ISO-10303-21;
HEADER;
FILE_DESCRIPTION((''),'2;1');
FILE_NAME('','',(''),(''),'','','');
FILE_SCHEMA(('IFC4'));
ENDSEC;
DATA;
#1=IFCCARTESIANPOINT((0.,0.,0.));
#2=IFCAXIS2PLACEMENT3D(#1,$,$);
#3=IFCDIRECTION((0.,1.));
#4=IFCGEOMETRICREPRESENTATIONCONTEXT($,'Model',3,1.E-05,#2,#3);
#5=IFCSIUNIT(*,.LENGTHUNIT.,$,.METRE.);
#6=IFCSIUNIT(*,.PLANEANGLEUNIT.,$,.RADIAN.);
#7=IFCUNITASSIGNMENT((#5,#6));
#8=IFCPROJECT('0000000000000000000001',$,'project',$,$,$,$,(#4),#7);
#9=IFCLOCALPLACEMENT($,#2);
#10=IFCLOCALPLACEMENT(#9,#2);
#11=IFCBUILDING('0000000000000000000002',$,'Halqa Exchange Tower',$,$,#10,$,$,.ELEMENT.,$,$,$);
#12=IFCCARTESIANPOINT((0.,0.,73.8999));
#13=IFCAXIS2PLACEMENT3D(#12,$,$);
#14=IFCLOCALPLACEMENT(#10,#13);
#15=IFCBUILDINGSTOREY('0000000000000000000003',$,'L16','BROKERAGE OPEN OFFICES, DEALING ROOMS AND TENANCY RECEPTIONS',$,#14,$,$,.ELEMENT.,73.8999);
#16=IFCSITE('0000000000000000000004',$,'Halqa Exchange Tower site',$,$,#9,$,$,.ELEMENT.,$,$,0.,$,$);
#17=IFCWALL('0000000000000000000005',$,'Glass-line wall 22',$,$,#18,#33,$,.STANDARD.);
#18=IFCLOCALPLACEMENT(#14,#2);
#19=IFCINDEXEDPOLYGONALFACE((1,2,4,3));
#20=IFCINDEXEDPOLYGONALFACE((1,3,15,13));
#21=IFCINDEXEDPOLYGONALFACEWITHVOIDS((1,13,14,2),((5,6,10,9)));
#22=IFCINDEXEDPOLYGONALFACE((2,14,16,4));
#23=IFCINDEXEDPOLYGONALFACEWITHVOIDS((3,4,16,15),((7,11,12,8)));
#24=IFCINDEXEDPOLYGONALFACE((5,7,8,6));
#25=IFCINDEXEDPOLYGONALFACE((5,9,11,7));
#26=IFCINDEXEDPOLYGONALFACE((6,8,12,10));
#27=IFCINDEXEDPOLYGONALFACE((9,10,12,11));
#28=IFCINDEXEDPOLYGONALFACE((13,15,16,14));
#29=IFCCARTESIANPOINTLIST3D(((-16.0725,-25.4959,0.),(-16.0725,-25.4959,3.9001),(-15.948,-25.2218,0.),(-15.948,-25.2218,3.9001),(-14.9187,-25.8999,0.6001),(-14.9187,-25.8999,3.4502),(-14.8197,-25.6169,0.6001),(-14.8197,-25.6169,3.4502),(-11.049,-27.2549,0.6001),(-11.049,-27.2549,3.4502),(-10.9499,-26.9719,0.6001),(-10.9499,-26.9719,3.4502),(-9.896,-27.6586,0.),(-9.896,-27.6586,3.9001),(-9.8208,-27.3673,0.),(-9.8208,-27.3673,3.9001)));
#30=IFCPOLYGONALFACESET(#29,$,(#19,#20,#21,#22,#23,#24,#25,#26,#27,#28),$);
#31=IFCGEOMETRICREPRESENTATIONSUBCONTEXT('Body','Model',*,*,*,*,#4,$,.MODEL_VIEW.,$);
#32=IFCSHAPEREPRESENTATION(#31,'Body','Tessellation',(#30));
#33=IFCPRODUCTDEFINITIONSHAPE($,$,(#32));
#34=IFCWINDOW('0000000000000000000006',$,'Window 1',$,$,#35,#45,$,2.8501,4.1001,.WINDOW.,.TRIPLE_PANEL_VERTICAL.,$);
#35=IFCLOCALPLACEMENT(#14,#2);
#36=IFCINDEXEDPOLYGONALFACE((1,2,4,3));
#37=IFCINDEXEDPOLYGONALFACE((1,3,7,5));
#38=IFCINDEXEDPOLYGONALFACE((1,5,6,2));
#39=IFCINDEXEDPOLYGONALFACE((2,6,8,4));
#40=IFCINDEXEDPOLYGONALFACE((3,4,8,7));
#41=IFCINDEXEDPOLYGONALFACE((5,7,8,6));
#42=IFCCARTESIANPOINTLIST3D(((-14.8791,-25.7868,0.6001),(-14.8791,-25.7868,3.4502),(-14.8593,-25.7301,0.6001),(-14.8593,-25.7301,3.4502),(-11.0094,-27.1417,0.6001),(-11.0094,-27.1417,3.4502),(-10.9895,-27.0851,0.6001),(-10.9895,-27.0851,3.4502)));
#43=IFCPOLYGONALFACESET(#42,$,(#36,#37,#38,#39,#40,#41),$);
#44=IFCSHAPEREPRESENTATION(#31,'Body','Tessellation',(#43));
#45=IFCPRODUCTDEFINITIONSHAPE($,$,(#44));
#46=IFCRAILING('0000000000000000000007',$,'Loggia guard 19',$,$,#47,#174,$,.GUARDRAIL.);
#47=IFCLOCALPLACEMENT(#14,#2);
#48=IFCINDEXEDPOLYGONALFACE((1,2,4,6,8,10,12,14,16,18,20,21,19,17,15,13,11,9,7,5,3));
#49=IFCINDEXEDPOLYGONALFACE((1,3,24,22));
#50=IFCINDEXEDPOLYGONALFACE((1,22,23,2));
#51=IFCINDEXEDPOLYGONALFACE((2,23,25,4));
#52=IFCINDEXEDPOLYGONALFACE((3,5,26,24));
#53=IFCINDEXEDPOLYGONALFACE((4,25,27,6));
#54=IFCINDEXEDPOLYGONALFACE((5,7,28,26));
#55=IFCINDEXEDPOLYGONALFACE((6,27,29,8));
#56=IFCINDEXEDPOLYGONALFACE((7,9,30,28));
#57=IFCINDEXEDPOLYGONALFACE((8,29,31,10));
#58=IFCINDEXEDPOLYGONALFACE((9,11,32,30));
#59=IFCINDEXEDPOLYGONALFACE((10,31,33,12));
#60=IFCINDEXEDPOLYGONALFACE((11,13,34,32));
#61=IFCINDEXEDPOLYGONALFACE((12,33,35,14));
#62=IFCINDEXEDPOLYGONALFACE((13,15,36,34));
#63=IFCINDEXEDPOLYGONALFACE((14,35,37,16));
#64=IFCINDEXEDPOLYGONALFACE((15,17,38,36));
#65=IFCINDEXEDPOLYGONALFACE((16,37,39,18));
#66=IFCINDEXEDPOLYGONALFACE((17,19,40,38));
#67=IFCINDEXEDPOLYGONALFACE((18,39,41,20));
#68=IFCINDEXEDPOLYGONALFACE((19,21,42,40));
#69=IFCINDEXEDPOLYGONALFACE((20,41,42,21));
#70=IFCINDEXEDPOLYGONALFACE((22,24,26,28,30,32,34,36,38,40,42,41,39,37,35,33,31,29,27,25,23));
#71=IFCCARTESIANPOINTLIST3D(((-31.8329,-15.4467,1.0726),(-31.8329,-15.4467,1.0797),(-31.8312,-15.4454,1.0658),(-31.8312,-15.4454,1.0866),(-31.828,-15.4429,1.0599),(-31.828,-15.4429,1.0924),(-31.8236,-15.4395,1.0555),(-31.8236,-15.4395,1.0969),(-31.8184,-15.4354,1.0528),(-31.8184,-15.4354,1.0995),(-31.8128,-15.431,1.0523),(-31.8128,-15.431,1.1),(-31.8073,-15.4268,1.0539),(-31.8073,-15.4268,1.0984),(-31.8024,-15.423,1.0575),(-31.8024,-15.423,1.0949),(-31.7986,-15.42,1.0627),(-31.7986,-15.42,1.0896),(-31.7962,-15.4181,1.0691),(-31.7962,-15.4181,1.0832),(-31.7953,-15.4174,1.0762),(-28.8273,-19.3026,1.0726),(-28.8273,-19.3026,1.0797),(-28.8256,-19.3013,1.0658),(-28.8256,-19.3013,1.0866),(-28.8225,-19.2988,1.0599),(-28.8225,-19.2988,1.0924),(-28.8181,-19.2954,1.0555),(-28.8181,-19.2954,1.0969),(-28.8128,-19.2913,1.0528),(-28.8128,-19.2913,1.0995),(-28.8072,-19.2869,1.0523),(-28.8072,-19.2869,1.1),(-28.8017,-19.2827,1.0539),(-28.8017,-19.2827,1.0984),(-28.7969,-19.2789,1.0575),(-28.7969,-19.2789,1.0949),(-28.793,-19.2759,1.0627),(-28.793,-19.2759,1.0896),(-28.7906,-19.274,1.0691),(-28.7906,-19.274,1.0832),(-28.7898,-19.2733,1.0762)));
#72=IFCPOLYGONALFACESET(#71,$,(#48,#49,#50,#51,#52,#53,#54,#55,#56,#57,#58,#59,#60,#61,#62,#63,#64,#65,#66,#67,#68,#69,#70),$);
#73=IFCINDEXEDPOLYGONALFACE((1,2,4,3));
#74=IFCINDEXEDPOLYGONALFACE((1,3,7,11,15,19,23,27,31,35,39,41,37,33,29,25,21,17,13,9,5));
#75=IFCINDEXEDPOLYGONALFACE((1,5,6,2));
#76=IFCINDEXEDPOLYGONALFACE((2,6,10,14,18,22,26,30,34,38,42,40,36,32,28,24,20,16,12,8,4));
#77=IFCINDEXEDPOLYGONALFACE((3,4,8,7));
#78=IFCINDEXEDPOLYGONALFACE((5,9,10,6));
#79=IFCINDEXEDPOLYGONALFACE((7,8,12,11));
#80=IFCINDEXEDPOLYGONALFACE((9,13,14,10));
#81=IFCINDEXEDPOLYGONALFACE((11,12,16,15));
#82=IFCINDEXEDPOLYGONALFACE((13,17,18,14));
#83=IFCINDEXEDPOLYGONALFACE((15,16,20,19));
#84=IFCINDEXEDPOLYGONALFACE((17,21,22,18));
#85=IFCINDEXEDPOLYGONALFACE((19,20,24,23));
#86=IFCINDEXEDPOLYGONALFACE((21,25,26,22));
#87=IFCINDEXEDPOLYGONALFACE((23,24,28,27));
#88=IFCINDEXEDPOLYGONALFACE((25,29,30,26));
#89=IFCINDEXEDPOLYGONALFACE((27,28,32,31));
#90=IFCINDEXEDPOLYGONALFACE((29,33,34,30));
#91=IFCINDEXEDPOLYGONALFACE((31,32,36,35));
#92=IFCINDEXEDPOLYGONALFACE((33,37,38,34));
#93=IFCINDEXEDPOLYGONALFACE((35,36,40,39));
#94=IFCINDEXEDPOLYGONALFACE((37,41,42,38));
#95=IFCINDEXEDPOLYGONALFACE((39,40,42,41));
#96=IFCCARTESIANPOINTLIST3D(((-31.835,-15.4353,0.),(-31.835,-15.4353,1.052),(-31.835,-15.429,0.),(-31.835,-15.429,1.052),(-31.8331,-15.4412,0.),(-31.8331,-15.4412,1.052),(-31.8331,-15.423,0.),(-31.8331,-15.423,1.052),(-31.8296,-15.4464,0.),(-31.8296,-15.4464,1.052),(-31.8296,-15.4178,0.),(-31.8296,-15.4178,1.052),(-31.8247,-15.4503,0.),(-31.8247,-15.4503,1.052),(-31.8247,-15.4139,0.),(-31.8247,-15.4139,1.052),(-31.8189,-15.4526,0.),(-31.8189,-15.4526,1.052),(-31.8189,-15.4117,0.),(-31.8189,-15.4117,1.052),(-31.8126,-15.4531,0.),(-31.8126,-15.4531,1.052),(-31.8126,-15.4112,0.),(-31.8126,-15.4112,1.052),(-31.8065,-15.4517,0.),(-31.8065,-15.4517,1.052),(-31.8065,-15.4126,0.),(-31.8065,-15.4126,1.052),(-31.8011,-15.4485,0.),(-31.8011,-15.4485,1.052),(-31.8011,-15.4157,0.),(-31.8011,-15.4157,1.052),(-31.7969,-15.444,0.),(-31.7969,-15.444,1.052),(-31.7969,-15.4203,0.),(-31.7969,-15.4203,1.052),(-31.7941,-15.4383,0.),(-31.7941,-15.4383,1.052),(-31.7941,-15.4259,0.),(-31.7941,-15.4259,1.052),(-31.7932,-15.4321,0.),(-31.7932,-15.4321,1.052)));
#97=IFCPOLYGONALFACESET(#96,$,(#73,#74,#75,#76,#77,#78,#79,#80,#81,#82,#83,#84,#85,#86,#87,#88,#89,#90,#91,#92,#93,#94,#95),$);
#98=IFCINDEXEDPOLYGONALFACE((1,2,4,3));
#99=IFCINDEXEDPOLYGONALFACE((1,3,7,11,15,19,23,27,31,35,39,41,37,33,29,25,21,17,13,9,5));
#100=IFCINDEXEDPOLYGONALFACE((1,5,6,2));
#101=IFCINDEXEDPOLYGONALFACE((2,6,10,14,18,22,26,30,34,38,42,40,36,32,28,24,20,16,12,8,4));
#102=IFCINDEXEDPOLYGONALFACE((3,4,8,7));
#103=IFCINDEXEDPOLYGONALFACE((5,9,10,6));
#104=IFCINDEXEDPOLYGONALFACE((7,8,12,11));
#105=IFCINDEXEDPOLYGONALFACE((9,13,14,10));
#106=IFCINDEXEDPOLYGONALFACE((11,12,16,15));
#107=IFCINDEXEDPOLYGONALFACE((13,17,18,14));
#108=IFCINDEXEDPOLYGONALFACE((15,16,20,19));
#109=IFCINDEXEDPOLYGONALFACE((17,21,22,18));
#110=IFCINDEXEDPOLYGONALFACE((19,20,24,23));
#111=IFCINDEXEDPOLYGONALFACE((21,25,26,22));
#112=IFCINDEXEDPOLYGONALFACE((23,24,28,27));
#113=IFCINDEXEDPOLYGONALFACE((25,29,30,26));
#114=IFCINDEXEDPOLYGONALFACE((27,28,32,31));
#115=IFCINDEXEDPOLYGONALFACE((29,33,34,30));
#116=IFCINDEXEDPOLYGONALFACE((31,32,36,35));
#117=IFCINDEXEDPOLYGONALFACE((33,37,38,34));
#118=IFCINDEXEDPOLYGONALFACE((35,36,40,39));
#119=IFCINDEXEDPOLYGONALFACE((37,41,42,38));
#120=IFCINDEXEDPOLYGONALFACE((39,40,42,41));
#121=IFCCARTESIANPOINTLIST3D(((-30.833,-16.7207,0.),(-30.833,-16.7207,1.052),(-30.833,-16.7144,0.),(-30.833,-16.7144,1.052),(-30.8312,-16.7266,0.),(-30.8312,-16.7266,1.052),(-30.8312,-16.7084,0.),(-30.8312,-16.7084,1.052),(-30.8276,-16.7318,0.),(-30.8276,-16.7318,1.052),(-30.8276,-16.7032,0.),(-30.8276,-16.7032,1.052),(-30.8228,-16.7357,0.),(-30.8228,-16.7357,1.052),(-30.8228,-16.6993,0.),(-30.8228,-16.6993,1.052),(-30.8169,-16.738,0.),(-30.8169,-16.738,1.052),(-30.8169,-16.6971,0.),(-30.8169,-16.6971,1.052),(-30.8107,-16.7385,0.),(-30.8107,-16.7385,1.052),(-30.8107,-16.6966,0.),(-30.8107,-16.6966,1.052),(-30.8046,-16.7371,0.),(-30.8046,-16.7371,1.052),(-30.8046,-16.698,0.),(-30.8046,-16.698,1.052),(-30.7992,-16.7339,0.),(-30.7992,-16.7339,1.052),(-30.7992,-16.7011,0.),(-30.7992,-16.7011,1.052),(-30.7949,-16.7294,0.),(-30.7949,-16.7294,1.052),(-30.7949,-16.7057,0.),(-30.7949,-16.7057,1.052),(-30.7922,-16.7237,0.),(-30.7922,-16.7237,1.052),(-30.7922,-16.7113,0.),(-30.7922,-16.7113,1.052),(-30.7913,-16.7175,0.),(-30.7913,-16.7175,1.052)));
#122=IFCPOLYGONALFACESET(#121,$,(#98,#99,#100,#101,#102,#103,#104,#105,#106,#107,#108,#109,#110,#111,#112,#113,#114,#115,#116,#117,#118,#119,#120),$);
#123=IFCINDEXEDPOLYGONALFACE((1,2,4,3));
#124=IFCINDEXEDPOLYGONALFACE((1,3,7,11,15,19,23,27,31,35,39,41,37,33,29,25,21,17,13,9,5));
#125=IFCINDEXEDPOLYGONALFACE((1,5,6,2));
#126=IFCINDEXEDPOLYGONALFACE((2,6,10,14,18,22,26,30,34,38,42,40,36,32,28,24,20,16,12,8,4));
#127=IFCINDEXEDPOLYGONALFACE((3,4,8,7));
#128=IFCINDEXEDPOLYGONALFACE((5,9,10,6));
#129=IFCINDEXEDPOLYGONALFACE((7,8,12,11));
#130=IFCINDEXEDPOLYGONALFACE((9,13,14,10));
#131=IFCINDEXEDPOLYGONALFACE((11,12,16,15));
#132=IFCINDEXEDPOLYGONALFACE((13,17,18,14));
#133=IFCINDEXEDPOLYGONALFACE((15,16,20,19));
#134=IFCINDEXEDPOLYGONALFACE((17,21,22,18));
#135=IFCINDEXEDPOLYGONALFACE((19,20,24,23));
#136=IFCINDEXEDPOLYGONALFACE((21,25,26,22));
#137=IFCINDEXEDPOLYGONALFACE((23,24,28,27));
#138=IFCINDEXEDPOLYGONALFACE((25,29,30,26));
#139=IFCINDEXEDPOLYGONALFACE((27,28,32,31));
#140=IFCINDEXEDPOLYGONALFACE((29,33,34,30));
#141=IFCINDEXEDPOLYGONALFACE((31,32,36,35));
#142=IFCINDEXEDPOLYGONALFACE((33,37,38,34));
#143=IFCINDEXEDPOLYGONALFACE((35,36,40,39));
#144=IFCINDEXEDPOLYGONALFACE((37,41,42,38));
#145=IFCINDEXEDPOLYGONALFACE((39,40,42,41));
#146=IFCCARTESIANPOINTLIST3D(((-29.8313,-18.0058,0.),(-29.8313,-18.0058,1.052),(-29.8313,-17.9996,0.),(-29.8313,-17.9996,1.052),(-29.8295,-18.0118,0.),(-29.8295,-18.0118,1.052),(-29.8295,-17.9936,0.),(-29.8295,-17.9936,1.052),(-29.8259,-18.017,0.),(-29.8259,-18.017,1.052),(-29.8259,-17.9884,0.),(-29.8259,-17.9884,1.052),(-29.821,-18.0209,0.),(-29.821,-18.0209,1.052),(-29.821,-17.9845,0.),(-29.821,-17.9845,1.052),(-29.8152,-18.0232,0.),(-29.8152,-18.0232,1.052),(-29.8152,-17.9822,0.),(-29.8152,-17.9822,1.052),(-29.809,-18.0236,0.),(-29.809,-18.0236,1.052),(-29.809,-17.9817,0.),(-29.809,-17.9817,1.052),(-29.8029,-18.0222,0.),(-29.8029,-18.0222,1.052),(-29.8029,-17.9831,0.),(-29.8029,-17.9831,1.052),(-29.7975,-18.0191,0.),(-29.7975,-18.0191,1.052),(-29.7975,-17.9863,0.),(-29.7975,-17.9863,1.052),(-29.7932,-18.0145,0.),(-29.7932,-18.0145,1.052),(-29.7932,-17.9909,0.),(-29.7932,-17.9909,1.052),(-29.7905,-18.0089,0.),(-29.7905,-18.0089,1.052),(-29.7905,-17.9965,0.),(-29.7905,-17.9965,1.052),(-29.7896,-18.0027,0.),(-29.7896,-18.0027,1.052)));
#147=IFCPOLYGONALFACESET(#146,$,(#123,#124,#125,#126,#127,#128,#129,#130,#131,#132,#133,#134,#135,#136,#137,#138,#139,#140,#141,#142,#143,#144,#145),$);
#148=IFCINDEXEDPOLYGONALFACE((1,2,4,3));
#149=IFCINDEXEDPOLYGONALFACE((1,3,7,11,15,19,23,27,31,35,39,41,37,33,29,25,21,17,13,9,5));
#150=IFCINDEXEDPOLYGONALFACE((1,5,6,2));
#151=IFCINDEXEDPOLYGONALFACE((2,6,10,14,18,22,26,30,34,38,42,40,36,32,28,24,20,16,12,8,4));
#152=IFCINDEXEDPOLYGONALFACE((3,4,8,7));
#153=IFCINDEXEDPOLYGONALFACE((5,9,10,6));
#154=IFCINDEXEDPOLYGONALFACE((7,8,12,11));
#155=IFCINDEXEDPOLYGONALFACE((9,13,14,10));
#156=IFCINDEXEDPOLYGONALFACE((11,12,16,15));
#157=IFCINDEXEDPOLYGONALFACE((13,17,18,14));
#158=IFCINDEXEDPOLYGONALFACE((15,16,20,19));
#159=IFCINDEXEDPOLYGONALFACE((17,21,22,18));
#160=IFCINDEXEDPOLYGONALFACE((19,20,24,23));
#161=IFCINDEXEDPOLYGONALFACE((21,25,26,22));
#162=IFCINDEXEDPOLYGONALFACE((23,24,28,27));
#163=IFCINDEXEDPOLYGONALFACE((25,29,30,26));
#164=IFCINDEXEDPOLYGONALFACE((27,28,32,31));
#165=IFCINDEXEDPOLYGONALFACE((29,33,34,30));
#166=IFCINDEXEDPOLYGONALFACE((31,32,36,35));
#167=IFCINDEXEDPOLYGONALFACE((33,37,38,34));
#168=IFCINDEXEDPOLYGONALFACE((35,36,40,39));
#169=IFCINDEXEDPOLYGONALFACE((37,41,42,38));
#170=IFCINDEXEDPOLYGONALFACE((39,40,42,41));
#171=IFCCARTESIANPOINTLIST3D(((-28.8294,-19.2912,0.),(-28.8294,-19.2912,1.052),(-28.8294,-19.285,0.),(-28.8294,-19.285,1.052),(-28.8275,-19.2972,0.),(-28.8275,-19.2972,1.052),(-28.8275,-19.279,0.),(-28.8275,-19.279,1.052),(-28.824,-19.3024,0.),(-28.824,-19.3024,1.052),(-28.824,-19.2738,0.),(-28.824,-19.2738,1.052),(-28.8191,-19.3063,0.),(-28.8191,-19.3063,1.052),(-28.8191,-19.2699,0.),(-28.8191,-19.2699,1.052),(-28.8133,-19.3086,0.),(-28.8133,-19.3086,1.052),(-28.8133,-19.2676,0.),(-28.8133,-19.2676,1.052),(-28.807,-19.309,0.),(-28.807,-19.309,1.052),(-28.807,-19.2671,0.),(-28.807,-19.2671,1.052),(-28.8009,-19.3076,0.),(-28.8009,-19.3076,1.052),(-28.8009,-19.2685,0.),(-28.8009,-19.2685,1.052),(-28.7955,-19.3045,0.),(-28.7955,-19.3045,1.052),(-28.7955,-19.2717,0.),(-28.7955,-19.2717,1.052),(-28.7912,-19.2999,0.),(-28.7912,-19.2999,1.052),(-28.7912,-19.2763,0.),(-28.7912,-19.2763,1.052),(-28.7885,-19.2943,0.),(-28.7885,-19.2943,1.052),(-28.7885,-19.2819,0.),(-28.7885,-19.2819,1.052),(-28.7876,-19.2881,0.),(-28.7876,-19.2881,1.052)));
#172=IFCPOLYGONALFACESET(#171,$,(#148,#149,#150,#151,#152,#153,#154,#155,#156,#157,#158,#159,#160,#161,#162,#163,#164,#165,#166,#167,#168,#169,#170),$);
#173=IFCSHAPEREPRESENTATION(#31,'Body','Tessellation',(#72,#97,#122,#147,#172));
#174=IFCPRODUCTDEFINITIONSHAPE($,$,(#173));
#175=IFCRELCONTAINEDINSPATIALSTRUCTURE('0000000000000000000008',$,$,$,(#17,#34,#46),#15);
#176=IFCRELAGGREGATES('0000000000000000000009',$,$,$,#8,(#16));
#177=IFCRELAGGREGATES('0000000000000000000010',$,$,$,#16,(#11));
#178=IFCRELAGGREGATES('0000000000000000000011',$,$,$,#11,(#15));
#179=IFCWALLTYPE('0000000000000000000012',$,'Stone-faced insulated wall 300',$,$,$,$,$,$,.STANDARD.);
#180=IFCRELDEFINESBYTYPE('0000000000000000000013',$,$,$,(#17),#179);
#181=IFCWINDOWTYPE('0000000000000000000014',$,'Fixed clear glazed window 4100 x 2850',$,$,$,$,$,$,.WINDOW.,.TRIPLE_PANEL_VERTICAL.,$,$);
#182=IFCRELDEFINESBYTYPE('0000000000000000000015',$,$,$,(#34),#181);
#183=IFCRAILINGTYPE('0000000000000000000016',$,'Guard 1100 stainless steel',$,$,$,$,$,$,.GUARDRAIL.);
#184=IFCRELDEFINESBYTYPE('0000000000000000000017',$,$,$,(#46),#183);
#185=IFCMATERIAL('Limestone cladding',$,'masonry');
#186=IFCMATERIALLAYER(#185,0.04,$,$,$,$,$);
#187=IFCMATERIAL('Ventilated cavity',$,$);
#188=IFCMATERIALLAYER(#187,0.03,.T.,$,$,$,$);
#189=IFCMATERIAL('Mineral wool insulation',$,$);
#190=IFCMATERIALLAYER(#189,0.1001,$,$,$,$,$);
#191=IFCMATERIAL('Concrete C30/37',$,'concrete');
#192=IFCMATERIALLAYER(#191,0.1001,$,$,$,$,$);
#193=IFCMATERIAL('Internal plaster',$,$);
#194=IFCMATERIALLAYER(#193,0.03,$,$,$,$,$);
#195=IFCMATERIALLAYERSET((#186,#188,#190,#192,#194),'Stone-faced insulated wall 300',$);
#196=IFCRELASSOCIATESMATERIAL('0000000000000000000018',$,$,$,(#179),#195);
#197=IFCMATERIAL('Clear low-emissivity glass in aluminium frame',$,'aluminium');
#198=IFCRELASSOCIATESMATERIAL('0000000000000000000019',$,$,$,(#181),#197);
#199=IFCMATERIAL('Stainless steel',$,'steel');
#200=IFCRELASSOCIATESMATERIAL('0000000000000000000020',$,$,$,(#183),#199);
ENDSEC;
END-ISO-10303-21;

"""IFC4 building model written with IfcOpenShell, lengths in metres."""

from ifc_helpers import new_model, si_unit, direction, frame, frame_2d, origin, origin_2d, place, context, subcontext, project, spatial, polyline, rectangle, circle, outline, extrude, material, layer, layer_set, type_object, element, fill, save


model = new_model("IFC4")

# Units and contexts
model_context = context("Model", 3, precision=1e-05, world=origin(), true_north=direction((0.0, 1.0)))
body_context = subcontext(model_context, "Body", "Model", "MODEL_VIEW")
ifc_project = project(units=[si_unit("LENGTHUNIT", "METRE"), si_unit("PLANEANGLEUNIT", "RADIAN")], contexts=[model_context])

# Site, building, storey
site_placement = place(None, origin())
site = spatial("IfcSite", under=ifc_project, at=site_placement, Name="Halqa Exchange Tower site", CompositionType="ELEMENT", RefElevation=0.0)
building_placement = place(site_placement, origin())
building = spatial("IfcBuilding", under=site, at=building_placement, Name="Halqa Exchange Tower", CompositionType="ELEMENT")
storey_placement = place(building_placement, frame((0.0, 0.0, 73.8999)))
storey = spatial("IfcBuildingStorey", under=building, at=storey_placement, Name="L16", Description="BROKERAGE OPEN OFFICES, DEALING ROOMS AND TENANCY RECEPTIONS", CompositionType="ELEMENT", Elevation=73.8999)

# Shared definitions
ifc_material_1 = material(Name="Limestone cladding", Category="masonry")
ifc_layer_1 = layer(ifc_material_1, 0.04)
ifc_material_2 = material(Name="Ventilated cavity")
ifc_layer_2 = layer(ifc_material_2, 0.03, ventilated=True)
ifc_material_3 = material(Name="Mineral wool insulation")
ifc_layer_3 = layer(ifc_material_3, 0.1001)
ifc_material_4 = material(Name="Concrete C30/37", Category="concrete")
ifc_layer_4 = layer(ifc_material_4, 0.1001)
ifc_material_5 = material(Name="Internal plaster")
ifc_layer_5 = layer(ifc_material_5, 0.03)
ifc_layer_set_1 = layer_set([ifc_layer_1, ifc_layer_2, ifc_layer_3, ifc_layer_4, ifc_layer_5], Name="Stone-faced insulated wall 300")
wall_type_1 = type_object("IfcWallType", Name="Stone-faced insulated wall 300", PredefinedType="STANDARD", material=ifc_layer_set_1)
ifc_material_6 = material(Name="Clear low-emissivity glass in aluminium frame", Category="aluminium")

# Wall, opening, window
window_type = type_object("IfcWindowType", Name="Fixed clear glazed window 4100 x 2850", PartitioningType="TRIPLE_PANEL_VERTICAL", PredefinedType="WINDOW", material=ifc_material_6)
wall_1_placement = place(storey_placement, frame((-16.0103, -25.3589, 0.0), z_axis=(0.0, 0.0, 1.0), x_axis=(0.943815, -0.330474, 0.0)))
wall_1 = element("IfcWall", 1, at=wall_1_placement, inside=storey, type_object=wall_type_1, Name="Glass-line wall 22", PredefinedType="STANDARD", context=body_context, shape_type="SweptSolid", body=[
    extrude(outline(polyline([(-0.0134, -0.1499), (6.5308, -0.1499), (6.5054, 0.1499), (0.0134, 0.1499), (-0.0134, -0.1499)])), origin(), (0.0, 0.0, 1.0), 3.9001),
])
opening_1_placement = place(wall_1_placement, frame((1.209, 0.0, 0.6001)))
opening_1 = element("IfcOpeningElement", 2, at=opening_1_placement, cuts=wall_1, PredefinedType="OPENING", context=body_context, shape_type="SweptSolid", body=[
    extrude(rectangle(XDim=4.1001, YDim=2.8501, at=frame_2d((2.05, 1.425))), frame((0.0, 0.1621, 0.0), z_axis=(0.0, -1.0, 0.0), x_axis=(1.0, 0.0, 0.0)), (0.0, 0.0, 1.0), 0.324),
])
window_1_placement = place(opening_1_placement, origin())
window_1 = element("IfcWindow", 3, at=window_1_placement, inside=storey, type_object=window_type, Name="Window 1", OverallHeight=2.8501, OverallWidth=4.1001, PartitioningType="TRIPLE_PANEL_VERTICAL", PredefinedType="WINDOW", context=body_context, shape_type="SweptSolid", body=[
    extrude(rectangle(XDim=4.1001, YDim=2.8501, at=frame_2d((2.05, 1.425))), frame((0.0, 0.03, 0.0), z_axis=(0.0, -1.0, 0.0), x_axis=(1.0, 0.0, 0.0)), (0.0, 0.0, 1.0), 0.0601),
])
fill(opening_1, window_1)

# Railing
ifc_material_7 = material(Name="Stainless steel", Category="steel")
railing_type = type_object("IfcRailingType", Name="Guard 1100 stainless steel", PredefinedType="GUARDRAIL", material=ifc_material_7)
railing_1_placement = place(storey_placement, frame((-31.8142, -15.4321, 0.0)))
element("IfcRailing", 4, at=railing_1_placement, inside=storey, type_object=railing_type, Name="Loggia guard 19", PredefinedType="GUARDRAIL", context=body_context, shape_type="SweptSolid", body=[
    extrude(circle(Radius=0.0239, at=origin_2d()), frame((0.0, 0.0, 1.0762), z_axis=(0.614773, -0.788704, 0.0), x_axis=(0.788704, 0.614773, 0.0)), (0.0, 0.0, 1.0), 4.8889),
    extrude(circle(Radius=0.021, at=origin_2d()), origin(), (0.0, 0.0, 1.0), 1.052),
    extrude(circle(Radius=0.021, at=origin_2d()), frame((1.002, -1.2854, 0.0)), (0.0, 0.0, 1.0), 1.052),
    extrude(circle(Radius=0.021, at=origin_2d()), frame((2.0037, -2.5706, 0.0)), (0.0, 0.0, 1.0), 1.052),
    extrude(circle(Radius=0.021, at=origin_2d()), frame((3.0056, -3.856, 0.0)), (0.0, 0.0, 1.0), 1.052),
])

save(model, "model.ifc")
